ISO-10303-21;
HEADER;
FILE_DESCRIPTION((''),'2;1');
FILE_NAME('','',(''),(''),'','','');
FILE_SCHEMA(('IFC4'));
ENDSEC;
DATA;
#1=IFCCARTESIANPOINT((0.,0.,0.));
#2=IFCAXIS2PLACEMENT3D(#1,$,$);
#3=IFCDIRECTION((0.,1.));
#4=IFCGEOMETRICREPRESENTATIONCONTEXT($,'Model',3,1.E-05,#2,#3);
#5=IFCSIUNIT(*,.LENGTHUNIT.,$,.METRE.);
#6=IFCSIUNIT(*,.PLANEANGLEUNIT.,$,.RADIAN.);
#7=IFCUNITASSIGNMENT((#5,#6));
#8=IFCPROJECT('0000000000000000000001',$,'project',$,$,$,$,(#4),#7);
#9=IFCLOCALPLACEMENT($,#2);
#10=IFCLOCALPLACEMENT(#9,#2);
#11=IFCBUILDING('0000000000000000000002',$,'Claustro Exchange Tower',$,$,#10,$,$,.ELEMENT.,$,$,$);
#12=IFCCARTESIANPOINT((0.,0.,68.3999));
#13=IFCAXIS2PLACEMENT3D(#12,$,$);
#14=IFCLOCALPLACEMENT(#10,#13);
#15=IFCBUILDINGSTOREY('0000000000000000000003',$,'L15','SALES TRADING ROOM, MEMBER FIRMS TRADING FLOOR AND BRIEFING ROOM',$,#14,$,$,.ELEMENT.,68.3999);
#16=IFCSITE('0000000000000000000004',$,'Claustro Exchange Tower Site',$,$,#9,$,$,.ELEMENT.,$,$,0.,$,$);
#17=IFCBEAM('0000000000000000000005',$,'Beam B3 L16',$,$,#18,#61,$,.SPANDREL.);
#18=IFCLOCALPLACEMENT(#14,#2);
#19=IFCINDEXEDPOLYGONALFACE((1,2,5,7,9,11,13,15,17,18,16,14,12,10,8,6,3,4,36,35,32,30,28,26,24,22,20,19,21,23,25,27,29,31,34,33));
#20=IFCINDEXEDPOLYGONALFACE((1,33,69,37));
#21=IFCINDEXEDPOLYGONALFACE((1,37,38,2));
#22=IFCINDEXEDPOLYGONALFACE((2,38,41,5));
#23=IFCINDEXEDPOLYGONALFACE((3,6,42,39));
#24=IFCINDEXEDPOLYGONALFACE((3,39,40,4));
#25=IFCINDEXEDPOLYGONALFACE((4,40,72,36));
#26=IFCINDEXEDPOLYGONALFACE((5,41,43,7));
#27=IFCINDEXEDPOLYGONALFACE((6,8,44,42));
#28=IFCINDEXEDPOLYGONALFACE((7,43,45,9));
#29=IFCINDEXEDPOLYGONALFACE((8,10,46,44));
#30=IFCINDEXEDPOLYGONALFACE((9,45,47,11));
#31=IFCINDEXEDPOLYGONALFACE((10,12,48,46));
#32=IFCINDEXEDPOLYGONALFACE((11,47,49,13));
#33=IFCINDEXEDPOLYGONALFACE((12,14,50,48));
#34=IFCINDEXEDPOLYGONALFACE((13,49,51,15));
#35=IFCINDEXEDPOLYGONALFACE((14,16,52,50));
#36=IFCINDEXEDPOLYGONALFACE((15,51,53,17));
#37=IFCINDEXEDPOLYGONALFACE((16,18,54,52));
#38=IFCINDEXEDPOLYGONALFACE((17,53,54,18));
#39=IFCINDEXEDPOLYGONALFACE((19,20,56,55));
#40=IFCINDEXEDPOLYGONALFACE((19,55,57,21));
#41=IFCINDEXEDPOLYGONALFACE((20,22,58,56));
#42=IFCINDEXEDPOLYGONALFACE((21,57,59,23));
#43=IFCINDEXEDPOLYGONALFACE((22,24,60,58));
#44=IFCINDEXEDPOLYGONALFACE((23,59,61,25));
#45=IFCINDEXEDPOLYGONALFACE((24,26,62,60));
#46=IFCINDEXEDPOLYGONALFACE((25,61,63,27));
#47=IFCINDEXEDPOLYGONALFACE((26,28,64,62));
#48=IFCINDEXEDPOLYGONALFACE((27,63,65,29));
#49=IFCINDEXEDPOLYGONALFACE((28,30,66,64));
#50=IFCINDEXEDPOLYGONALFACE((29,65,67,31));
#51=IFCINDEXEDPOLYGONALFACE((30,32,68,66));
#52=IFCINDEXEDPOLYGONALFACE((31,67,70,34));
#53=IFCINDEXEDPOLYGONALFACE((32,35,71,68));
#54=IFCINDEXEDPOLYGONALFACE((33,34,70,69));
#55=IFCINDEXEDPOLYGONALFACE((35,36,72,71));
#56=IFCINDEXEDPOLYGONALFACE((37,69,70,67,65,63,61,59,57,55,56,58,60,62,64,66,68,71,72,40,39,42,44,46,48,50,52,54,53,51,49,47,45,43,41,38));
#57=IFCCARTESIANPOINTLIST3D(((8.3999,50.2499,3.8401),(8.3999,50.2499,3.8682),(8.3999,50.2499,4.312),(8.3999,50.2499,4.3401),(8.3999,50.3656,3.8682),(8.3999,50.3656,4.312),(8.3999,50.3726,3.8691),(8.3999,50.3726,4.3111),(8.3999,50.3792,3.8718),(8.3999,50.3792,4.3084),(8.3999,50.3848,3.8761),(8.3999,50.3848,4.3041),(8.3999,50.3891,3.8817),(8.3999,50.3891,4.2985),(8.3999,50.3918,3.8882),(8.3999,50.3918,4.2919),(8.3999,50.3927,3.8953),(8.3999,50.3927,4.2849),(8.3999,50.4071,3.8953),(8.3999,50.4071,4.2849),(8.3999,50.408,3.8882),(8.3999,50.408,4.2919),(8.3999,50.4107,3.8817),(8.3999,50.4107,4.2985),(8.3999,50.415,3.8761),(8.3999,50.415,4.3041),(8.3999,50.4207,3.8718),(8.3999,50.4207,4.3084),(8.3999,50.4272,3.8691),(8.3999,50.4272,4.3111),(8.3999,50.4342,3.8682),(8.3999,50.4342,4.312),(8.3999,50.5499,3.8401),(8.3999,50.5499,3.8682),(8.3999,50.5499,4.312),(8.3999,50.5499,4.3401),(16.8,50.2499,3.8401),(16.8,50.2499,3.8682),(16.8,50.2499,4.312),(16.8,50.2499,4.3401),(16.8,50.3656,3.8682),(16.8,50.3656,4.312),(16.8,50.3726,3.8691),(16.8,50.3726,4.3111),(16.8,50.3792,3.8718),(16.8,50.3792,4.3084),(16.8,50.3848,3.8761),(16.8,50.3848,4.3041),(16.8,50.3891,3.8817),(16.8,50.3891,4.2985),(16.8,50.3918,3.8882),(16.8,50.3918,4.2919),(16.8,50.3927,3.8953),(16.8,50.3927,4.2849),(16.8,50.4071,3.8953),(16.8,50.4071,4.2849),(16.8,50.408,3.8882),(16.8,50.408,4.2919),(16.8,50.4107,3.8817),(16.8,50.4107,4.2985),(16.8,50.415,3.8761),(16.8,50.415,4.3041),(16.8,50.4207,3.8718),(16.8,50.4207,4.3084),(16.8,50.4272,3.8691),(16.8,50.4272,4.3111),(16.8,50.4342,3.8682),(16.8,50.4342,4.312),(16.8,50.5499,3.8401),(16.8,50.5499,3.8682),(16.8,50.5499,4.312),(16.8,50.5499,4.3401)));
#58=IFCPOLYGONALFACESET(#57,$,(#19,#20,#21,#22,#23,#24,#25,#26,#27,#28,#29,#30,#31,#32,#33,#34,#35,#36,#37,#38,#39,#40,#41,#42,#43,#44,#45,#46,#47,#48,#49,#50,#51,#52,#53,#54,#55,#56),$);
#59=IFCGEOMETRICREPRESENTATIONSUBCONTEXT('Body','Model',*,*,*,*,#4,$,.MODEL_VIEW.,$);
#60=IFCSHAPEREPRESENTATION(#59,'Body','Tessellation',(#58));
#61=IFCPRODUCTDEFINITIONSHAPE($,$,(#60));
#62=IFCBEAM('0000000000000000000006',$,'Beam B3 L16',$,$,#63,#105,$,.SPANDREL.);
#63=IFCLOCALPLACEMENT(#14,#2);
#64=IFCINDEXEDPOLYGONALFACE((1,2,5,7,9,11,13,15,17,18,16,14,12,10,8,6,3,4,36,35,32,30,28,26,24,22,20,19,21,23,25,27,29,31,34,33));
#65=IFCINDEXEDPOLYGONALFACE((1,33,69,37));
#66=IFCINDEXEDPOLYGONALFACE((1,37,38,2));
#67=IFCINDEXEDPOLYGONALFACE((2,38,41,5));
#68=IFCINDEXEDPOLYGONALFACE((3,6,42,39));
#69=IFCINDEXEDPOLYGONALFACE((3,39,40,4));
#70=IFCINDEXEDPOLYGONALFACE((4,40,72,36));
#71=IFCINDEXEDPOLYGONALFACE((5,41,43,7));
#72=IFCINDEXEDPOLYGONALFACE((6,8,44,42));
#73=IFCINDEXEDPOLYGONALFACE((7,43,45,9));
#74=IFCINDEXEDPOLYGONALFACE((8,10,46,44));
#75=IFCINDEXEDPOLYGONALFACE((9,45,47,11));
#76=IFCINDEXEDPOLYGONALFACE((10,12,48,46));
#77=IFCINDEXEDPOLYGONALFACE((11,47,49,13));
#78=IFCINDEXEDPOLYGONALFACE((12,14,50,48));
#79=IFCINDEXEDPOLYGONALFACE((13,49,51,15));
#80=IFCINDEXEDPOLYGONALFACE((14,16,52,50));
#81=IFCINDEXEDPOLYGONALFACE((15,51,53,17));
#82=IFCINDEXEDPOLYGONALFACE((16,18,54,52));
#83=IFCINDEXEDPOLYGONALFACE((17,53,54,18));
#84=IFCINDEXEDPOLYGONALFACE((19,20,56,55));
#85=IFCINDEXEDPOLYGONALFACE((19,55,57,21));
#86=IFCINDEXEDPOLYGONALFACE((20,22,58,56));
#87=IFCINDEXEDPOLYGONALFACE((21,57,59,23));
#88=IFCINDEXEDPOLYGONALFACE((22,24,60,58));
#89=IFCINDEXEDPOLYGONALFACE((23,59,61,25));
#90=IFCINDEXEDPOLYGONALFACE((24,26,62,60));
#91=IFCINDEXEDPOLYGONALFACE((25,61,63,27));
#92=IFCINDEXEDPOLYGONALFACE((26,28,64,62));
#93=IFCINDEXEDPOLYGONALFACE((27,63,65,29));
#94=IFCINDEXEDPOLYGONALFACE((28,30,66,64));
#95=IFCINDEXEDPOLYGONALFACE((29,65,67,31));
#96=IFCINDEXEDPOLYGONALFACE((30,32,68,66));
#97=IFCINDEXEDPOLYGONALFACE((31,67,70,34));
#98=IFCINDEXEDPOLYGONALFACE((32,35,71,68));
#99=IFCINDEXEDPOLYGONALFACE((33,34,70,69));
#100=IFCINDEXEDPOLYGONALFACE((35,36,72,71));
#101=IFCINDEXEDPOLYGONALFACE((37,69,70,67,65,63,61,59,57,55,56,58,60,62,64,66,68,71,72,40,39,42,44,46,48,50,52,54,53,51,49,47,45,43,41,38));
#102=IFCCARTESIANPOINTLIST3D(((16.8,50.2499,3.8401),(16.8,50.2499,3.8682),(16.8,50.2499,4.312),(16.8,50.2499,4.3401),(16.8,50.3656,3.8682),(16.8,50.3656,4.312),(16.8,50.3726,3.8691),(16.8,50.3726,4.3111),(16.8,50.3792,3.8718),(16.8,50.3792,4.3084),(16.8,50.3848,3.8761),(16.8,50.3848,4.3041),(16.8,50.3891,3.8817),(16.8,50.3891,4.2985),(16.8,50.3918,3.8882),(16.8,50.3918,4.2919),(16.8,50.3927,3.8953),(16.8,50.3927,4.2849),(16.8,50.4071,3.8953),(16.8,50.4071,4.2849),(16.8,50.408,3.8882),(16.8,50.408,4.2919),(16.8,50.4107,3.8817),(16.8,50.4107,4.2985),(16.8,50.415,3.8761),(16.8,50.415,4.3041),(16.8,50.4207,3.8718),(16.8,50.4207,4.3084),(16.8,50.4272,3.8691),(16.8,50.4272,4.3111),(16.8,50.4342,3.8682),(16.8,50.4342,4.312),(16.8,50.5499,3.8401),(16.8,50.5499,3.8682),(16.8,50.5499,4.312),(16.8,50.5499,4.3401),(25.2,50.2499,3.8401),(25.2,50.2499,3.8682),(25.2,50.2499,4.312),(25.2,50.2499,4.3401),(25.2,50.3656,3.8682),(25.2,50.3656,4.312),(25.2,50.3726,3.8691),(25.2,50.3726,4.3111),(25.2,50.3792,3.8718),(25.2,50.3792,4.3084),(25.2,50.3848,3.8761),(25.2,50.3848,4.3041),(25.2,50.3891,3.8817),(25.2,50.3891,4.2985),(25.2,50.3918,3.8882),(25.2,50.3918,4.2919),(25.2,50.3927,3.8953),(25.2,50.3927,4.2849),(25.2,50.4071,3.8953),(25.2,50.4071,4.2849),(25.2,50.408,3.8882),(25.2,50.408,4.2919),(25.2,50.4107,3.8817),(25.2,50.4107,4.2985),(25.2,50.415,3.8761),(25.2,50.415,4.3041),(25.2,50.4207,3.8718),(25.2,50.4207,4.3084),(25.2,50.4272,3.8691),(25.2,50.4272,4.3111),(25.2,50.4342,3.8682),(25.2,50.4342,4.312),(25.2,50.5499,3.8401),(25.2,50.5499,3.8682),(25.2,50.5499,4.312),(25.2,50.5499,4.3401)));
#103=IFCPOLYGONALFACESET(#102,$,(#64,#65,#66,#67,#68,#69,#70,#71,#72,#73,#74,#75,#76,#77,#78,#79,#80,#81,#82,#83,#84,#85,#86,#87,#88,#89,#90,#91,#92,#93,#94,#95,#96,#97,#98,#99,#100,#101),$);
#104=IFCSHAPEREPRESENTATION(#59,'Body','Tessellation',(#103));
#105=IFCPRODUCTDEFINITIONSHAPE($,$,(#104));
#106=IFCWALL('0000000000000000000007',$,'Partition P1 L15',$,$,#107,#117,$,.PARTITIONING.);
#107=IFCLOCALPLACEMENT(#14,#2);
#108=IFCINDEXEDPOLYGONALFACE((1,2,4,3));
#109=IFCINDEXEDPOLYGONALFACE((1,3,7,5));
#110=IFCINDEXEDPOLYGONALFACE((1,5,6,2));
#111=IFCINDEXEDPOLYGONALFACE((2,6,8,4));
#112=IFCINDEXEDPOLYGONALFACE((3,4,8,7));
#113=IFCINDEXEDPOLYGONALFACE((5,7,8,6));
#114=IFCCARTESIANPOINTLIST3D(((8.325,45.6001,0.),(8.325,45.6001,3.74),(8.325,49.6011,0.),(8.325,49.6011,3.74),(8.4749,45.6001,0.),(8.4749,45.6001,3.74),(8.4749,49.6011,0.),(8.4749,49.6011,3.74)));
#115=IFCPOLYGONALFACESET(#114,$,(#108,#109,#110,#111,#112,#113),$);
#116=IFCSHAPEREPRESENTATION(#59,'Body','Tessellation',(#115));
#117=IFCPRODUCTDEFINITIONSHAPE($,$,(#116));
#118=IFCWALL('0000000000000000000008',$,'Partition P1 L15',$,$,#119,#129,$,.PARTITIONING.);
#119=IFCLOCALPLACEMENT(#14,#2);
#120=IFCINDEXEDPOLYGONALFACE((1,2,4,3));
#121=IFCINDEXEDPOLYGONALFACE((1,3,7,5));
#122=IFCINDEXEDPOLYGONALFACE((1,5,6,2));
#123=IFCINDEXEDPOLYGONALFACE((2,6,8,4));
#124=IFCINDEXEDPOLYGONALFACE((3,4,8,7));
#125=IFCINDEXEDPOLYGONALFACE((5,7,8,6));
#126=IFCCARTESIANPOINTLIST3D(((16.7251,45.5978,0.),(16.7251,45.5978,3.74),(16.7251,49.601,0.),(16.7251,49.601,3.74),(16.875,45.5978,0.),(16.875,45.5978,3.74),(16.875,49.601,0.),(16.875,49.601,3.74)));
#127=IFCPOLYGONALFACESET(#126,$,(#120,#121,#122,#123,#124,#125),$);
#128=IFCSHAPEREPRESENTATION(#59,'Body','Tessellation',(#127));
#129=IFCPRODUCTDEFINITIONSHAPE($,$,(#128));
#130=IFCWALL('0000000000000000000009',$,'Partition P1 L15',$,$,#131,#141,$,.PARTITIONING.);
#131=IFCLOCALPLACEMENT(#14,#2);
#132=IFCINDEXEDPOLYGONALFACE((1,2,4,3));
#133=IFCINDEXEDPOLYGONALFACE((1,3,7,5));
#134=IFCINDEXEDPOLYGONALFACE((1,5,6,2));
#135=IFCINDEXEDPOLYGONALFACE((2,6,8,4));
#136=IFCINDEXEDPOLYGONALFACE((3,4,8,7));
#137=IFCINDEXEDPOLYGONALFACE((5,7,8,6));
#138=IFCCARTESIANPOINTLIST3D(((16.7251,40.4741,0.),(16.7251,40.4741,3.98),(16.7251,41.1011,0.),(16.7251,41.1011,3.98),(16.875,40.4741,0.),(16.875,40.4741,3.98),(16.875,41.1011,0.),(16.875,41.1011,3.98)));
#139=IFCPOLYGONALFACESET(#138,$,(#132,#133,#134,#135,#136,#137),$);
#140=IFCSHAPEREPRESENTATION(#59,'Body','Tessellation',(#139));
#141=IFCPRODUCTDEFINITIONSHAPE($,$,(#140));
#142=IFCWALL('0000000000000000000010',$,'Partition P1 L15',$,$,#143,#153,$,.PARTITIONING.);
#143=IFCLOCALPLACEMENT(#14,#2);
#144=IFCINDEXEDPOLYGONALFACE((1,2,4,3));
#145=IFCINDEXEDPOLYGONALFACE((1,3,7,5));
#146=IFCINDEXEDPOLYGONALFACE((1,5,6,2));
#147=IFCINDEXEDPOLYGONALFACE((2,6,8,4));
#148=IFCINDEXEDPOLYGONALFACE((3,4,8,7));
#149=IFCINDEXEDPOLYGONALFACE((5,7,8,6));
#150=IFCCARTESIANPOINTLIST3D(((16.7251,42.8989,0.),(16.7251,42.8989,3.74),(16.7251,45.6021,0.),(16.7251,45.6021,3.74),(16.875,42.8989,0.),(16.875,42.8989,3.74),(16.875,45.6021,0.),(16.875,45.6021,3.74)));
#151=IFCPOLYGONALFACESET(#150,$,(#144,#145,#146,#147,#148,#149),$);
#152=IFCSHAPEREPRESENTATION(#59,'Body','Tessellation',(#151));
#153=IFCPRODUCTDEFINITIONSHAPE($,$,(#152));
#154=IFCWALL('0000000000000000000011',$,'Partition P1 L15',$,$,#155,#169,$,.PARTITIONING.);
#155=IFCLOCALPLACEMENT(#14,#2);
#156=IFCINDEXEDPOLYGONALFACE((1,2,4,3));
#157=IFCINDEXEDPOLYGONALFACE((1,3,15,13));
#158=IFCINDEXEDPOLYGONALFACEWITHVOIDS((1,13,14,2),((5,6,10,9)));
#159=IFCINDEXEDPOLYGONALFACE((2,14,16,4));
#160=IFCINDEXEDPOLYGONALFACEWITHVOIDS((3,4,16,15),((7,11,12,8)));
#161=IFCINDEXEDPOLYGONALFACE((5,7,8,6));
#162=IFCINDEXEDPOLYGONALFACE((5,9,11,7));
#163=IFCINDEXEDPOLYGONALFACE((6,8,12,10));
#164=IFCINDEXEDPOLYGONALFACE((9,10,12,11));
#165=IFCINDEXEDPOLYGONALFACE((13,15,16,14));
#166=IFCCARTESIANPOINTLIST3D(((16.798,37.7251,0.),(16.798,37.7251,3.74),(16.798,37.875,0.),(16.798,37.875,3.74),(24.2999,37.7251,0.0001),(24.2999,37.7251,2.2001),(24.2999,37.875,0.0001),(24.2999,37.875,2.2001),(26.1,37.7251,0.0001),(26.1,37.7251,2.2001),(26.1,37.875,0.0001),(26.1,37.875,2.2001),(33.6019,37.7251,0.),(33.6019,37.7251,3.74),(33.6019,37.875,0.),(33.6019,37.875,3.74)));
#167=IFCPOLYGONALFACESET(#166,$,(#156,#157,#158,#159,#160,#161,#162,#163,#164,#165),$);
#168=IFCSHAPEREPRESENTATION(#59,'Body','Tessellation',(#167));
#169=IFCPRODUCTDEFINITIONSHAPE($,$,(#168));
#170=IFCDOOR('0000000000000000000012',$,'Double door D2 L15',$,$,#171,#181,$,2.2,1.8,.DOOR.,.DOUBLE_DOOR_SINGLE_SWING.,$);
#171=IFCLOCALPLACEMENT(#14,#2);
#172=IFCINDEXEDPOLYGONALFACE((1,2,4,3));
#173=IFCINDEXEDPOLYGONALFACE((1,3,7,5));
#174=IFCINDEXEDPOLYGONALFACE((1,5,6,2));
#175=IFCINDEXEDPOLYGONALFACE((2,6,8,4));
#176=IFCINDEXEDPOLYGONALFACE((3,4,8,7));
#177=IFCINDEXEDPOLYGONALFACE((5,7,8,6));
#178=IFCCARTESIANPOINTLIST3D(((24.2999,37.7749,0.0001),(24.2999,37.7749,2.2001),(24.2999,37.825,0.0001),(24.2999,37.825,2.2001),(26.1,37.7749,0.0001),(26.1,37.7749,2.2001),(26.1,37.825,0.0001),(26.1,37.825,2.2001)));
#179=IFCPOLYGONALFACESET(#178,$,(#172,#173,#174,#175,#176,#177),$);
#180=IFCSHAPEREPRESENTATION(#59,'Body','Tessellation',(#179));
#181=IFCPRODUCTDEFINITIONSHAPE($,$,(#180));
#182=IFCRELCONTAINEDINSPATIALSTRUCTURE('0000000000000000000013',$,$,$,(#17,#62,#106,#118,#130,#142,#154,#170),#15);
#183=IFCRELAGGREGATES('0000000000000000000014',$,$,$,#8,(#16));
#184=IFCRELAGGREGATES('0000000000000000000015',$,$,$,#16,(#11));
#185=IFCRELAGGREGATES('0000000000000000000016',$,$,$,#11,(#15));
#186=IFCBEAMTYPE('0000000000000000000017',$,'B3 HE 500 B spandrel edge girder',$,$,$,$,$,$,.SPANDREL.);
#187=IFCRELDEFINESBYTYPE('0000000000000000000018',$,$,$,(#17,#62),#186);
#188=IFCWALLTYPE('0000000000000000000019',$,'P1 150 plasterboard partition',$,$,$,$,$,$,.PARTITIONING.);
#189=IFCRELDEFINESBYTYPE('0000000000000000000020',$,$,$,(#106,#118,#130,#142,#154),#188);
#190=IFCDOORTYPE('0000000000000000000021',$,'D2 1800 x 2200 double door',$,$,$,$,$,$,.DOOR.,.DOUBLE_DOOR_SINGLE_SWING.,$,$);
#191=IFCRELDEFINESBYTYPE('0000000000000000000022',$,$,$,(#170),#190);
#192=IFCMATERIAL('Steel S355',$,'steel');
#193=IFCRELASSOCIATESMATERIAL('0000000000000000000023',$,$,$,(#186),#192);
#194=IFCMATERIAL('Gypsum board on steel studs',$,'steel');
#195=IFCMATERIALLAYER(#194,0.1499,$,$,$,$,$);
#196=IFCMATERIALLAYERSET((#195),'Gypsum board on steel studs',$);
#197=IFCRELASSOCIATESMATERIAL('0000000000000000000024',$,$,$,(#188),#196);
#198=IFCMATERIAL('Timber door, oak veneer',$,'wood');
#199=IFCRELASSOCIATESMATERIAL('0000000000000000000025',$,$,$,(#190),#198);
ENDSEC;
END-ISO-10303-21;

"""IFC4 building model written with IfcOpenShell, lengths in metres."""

from ifc_helpers import new_model, si_unit, direction, frame, frame_2d, origin, origin_2d, place, context, subcontext, project, spatial, rectangle, i_section, extrude, material, layer, layer_set, material_profile, profile_set, type_object, element, fill, save


model = new_model("IFC4")

# Units and contexts
model_context = context("Model", 3, precision=1e-05, world=origin(), true_north=direction((0.0, 1.0)))
body_context = subcontext(model_context, "Body", "Model", "MODEL_VIEW")
ifc_project = project(units=[si_unit("LENGTHUNIT", "METRE"), si_unit("PLANEANGLEUNIT", "RADIAN")], contexts=[model_context])

# Site, building, storey
site_placement = place(None, origin())
site = spatial("IfcSite", under=ifc_project, at=site_placement, Name="Claustro Exchange Tower Site", CompositionType="ELEMENT", RefElevation=0.0)
building_placement = place(site_placement, origin())
building = spatial("IfcBuilding", under=site, at=building_placement, Name="Claustro Exchange Tower", CompositionType="ELEMENT")
storey_placement = place(building_placement, frame((0.0, 0.0, 68.3999)))
storey = spatial("IfcBuildingStorey", under=building, at=storey_placement, Name="L15", Description="SALES TRADING ROOM, MEMBER FIRMS TRADING FLOOR AND BRIEFING ROOM", CompositionType="ELEMENT", Elevation=68.3999)

# Beams
ifc_material_1 = material(Name="Steel S355", Category="steel")
ifc_material_profile_1 = material_profile(ifc_material_1, i_section(OverallWidth=0.3, OverallDepth=0.5, WebThickness=0.0144, FlangeThickness=0.0281, FilletRadius=0.0271, at=origin_2d()), Name="HE 500 B")
ifc_profile_set_1 = profile_set([ifc_material_profile_1], Name="Steel S355")
beam_type_1 = type_object("IfcBeamType", Name="B3 HE 500 B spandrel edge girder", PredefinedType="SPANDREL", material=ifc_profile_set_1)
beam_1_placement = place(storey_placement, frame((8.3999, 50.3999, 4.0901), z_axis=(1.0, 0.0, 0.0), x_axis=(0.0, 1.0, 0.0)))
element("IfcBeam", 1, at=beam_1_placement, inside=storey, type_object=beam_type_1, Name="Beam B3 L16", PredefinedType="SPANDREL", context=body_context, shape_type="SweptSolid", body=[
    extrude(i_section(OverallWidth=0.3, OverallDepth=0.5, WebThickness=0.0144, FlangeThickness=0.0281, FilletRadius=0.0271, at=origin_2d()), origin(), (0.0, 0.0, 1.0), 8.4001),
])
beam_2_placement = place(storey_placement, frame((16.8, 50.3999, 4.0901), z_axis=(1.0, 0.0, 0.0), x_axis=(0.0, 1.0, 0.0)))
element("IfcBeam", 2, at=beam_2_placement, inside=storey, type_object=beam_type_1, Name="Beam B3 L16", PredefinedType="SPANDREL", context=body_context, shape_type="SweptSolid", body=[
    extrude(i_section(OverallWidth=0.3, OverallDepth=0.5, WebThickness=0.0144, FlangeThickness=0.0281, FilletRadius=0.0271, at=origin_2d()), origin(), (0.0, 0.0, 1.0), 8.3999),
])

# Walls
ifc_material_2 = material(Name="Gypsum board on steel studs", Category="steel")
ifc_layer_1 = layer(ifc_material_2, 0.1499)
ifc_layer_set_1 = layer_set([ifc_layer_1], Name="Gypsum board on steel studs")
wall_type_1 = type_object("IfcWallType", Name="P1 150 plasterboard partition", PredefinedType="PARTITIONING", material=ifc_layer_set_1)
wall_1_placement = place(storey_placement, frame((8.3999, 45.6001, 0.0), z_axis=(0.0, 0.0, 1.0), x_axis=(0.0, 1.0, 0.0)))
element("IfcWall", 3, at=wall_1_placement, inside=storey, type_object=wall_type_1, Name="Partition P1 L15", PredefinedType="PARTITIONING", context=body_context, shape_type="SweptSolid", body=[
    extrude(rectangle(XDim=4.001, YDim=0.1499, at=frame_2d((2.0005, 0.0))), origin(), (0.0, 0.0, 1.0), 3.74),
])
wall_2_placement = place(storey_placement, frame((16.8, 45.5979, 0.0), z_axis=(0.0, 0.0, 1.0), x_axis=(0.0, 1.0, 0.0)))
element("IfcWall", 4, at=wall_2_placement, inside=storey, type_object=wall_type_1, Name="Partition P1 L15", PredefinedType="PARTITIONING", context=body_context, shape_type="SweptSolid", body=[
    extrude(rectangle(XDim=4.0032, YDim=0.1499, at=frame_2d((2.0015, 0.0))), origin(), (0.0, 0.0, 1.0), 3.74),
])
wall_3_placement = place(storey_placement, frame((16.8, 40.4741, 0.0), z_axis=(0.0, 0.0, 1.0), x_axis=(0.0, 1.0, 0.0)))
element("IfcWall", 5, at=wall_3_placement, inside=storey, type_object=wall_type_1, Name="Partition P1 L15", PredefinedType="PARTITIONING", context=body_context, shape_type="SweptSolid", body=[
    extrude(rectangle(XDim=0.627, YDim=0.1499, at=frame_2d((0.3135, 0.0))), origin(), (0.0, 0.0, 1.0), 3.98),
])
wall_4_placement = place(storey_placement, frame((16.8, 42.8989, 0.0), z_axis=(0.0, 0.0, 1.0), x_axis=(0.0, 1.0, 0.0)))
element("IfcWall", 6, at=wall_4_placement, inside=storey, type_object=wall_type_1, Name="Partition P1 L15", PredefinedType="PARTITIONING", context=body_context, shape_type="SweptSolid", body=[
    extrude(rectangle(XDim=2.7031, YDim=0.1499, at=frame_2d((1.3516, 0.0))), origin(), (0.0, 0.0, 1.0), 3.74),
])

# Wall, opening, door
wall_5_placement = place(storey_placement, frame((16.7981, 37.8, 0.0), z_axis=(0.0, 0.0, 1.0), x_axis=(1.0, 0.0, 0.0)))
wall_5 = element("IfcWall", 7, at=wall_5_placement, inside=storey, type_object=wall_type_1, Name="Partition P1 L15", PredefinedType="PARTITIONING", context=body_context, shape_type="SweptSolid", body=[
    extrude(rectangle(XDim=16.804, YDim=0.1499, at=frame_2d((8.4019, 0.0))), origin(), (0.0, 0.0, 1.0), 3.74),
])
opening_1_placement = place(wall_5_placement, frame((7.502, 0.0, 0.0)))
opening_1 = element("IfcOpeningElement", 8, at=opening_1_placement, cuts=wall_5, PredefinedType="OPENING", context=body_context, shape_type="SweptSolid", body=[
    extrude(rectangle(XDim=1.8, YDim=2.2, at=frame_2d((0.8999, 1.1001))), frame((0.0, 0.085, 0.0), z_axis=(0.0, -1.0, 0.0), x_axis=(1.0, 0.0, 0.0)), (0.0, 0.0, 1.0), 0.1699),
])
ifc_material_3 = material(Name="Timber door, oak veneer", Category="wood")
door_type = type_object("IfcDoorType", Name="D2 1800 x 2200 double door", OperationType="DOUBLE_DOOR_SINGLE_SWING", PredefinedType="DOOR", material=ifc_material_3)
door_placement = place(opening_1_placement, origin())
door = element("IfcDoor", 9, at=door_placement, inside=storey, type_object=door_type, Name="Double door D2 L15", OperationType="DOUBLE_DOOR_SINGLE_SWING", OverallHeight=2.2, OverallWidth=1.8, PredefinedType="DOOR", context=body_context, shape_type="SweptSolid", body=[
    extrude(rectangle(XDim=1.8, YDim=2.2, at=frame_2d((0.8999, 1.1001))), frame((0.0, 0.0249, 0.0), z_axis=(0.0, -1.0, 0.0), x_axis=(1.0, 0.0, 0.0)), (0.0, 0.0, 1.0), 0.05),
])
fill(opening_1, door)

save(model, "model.ifc")
